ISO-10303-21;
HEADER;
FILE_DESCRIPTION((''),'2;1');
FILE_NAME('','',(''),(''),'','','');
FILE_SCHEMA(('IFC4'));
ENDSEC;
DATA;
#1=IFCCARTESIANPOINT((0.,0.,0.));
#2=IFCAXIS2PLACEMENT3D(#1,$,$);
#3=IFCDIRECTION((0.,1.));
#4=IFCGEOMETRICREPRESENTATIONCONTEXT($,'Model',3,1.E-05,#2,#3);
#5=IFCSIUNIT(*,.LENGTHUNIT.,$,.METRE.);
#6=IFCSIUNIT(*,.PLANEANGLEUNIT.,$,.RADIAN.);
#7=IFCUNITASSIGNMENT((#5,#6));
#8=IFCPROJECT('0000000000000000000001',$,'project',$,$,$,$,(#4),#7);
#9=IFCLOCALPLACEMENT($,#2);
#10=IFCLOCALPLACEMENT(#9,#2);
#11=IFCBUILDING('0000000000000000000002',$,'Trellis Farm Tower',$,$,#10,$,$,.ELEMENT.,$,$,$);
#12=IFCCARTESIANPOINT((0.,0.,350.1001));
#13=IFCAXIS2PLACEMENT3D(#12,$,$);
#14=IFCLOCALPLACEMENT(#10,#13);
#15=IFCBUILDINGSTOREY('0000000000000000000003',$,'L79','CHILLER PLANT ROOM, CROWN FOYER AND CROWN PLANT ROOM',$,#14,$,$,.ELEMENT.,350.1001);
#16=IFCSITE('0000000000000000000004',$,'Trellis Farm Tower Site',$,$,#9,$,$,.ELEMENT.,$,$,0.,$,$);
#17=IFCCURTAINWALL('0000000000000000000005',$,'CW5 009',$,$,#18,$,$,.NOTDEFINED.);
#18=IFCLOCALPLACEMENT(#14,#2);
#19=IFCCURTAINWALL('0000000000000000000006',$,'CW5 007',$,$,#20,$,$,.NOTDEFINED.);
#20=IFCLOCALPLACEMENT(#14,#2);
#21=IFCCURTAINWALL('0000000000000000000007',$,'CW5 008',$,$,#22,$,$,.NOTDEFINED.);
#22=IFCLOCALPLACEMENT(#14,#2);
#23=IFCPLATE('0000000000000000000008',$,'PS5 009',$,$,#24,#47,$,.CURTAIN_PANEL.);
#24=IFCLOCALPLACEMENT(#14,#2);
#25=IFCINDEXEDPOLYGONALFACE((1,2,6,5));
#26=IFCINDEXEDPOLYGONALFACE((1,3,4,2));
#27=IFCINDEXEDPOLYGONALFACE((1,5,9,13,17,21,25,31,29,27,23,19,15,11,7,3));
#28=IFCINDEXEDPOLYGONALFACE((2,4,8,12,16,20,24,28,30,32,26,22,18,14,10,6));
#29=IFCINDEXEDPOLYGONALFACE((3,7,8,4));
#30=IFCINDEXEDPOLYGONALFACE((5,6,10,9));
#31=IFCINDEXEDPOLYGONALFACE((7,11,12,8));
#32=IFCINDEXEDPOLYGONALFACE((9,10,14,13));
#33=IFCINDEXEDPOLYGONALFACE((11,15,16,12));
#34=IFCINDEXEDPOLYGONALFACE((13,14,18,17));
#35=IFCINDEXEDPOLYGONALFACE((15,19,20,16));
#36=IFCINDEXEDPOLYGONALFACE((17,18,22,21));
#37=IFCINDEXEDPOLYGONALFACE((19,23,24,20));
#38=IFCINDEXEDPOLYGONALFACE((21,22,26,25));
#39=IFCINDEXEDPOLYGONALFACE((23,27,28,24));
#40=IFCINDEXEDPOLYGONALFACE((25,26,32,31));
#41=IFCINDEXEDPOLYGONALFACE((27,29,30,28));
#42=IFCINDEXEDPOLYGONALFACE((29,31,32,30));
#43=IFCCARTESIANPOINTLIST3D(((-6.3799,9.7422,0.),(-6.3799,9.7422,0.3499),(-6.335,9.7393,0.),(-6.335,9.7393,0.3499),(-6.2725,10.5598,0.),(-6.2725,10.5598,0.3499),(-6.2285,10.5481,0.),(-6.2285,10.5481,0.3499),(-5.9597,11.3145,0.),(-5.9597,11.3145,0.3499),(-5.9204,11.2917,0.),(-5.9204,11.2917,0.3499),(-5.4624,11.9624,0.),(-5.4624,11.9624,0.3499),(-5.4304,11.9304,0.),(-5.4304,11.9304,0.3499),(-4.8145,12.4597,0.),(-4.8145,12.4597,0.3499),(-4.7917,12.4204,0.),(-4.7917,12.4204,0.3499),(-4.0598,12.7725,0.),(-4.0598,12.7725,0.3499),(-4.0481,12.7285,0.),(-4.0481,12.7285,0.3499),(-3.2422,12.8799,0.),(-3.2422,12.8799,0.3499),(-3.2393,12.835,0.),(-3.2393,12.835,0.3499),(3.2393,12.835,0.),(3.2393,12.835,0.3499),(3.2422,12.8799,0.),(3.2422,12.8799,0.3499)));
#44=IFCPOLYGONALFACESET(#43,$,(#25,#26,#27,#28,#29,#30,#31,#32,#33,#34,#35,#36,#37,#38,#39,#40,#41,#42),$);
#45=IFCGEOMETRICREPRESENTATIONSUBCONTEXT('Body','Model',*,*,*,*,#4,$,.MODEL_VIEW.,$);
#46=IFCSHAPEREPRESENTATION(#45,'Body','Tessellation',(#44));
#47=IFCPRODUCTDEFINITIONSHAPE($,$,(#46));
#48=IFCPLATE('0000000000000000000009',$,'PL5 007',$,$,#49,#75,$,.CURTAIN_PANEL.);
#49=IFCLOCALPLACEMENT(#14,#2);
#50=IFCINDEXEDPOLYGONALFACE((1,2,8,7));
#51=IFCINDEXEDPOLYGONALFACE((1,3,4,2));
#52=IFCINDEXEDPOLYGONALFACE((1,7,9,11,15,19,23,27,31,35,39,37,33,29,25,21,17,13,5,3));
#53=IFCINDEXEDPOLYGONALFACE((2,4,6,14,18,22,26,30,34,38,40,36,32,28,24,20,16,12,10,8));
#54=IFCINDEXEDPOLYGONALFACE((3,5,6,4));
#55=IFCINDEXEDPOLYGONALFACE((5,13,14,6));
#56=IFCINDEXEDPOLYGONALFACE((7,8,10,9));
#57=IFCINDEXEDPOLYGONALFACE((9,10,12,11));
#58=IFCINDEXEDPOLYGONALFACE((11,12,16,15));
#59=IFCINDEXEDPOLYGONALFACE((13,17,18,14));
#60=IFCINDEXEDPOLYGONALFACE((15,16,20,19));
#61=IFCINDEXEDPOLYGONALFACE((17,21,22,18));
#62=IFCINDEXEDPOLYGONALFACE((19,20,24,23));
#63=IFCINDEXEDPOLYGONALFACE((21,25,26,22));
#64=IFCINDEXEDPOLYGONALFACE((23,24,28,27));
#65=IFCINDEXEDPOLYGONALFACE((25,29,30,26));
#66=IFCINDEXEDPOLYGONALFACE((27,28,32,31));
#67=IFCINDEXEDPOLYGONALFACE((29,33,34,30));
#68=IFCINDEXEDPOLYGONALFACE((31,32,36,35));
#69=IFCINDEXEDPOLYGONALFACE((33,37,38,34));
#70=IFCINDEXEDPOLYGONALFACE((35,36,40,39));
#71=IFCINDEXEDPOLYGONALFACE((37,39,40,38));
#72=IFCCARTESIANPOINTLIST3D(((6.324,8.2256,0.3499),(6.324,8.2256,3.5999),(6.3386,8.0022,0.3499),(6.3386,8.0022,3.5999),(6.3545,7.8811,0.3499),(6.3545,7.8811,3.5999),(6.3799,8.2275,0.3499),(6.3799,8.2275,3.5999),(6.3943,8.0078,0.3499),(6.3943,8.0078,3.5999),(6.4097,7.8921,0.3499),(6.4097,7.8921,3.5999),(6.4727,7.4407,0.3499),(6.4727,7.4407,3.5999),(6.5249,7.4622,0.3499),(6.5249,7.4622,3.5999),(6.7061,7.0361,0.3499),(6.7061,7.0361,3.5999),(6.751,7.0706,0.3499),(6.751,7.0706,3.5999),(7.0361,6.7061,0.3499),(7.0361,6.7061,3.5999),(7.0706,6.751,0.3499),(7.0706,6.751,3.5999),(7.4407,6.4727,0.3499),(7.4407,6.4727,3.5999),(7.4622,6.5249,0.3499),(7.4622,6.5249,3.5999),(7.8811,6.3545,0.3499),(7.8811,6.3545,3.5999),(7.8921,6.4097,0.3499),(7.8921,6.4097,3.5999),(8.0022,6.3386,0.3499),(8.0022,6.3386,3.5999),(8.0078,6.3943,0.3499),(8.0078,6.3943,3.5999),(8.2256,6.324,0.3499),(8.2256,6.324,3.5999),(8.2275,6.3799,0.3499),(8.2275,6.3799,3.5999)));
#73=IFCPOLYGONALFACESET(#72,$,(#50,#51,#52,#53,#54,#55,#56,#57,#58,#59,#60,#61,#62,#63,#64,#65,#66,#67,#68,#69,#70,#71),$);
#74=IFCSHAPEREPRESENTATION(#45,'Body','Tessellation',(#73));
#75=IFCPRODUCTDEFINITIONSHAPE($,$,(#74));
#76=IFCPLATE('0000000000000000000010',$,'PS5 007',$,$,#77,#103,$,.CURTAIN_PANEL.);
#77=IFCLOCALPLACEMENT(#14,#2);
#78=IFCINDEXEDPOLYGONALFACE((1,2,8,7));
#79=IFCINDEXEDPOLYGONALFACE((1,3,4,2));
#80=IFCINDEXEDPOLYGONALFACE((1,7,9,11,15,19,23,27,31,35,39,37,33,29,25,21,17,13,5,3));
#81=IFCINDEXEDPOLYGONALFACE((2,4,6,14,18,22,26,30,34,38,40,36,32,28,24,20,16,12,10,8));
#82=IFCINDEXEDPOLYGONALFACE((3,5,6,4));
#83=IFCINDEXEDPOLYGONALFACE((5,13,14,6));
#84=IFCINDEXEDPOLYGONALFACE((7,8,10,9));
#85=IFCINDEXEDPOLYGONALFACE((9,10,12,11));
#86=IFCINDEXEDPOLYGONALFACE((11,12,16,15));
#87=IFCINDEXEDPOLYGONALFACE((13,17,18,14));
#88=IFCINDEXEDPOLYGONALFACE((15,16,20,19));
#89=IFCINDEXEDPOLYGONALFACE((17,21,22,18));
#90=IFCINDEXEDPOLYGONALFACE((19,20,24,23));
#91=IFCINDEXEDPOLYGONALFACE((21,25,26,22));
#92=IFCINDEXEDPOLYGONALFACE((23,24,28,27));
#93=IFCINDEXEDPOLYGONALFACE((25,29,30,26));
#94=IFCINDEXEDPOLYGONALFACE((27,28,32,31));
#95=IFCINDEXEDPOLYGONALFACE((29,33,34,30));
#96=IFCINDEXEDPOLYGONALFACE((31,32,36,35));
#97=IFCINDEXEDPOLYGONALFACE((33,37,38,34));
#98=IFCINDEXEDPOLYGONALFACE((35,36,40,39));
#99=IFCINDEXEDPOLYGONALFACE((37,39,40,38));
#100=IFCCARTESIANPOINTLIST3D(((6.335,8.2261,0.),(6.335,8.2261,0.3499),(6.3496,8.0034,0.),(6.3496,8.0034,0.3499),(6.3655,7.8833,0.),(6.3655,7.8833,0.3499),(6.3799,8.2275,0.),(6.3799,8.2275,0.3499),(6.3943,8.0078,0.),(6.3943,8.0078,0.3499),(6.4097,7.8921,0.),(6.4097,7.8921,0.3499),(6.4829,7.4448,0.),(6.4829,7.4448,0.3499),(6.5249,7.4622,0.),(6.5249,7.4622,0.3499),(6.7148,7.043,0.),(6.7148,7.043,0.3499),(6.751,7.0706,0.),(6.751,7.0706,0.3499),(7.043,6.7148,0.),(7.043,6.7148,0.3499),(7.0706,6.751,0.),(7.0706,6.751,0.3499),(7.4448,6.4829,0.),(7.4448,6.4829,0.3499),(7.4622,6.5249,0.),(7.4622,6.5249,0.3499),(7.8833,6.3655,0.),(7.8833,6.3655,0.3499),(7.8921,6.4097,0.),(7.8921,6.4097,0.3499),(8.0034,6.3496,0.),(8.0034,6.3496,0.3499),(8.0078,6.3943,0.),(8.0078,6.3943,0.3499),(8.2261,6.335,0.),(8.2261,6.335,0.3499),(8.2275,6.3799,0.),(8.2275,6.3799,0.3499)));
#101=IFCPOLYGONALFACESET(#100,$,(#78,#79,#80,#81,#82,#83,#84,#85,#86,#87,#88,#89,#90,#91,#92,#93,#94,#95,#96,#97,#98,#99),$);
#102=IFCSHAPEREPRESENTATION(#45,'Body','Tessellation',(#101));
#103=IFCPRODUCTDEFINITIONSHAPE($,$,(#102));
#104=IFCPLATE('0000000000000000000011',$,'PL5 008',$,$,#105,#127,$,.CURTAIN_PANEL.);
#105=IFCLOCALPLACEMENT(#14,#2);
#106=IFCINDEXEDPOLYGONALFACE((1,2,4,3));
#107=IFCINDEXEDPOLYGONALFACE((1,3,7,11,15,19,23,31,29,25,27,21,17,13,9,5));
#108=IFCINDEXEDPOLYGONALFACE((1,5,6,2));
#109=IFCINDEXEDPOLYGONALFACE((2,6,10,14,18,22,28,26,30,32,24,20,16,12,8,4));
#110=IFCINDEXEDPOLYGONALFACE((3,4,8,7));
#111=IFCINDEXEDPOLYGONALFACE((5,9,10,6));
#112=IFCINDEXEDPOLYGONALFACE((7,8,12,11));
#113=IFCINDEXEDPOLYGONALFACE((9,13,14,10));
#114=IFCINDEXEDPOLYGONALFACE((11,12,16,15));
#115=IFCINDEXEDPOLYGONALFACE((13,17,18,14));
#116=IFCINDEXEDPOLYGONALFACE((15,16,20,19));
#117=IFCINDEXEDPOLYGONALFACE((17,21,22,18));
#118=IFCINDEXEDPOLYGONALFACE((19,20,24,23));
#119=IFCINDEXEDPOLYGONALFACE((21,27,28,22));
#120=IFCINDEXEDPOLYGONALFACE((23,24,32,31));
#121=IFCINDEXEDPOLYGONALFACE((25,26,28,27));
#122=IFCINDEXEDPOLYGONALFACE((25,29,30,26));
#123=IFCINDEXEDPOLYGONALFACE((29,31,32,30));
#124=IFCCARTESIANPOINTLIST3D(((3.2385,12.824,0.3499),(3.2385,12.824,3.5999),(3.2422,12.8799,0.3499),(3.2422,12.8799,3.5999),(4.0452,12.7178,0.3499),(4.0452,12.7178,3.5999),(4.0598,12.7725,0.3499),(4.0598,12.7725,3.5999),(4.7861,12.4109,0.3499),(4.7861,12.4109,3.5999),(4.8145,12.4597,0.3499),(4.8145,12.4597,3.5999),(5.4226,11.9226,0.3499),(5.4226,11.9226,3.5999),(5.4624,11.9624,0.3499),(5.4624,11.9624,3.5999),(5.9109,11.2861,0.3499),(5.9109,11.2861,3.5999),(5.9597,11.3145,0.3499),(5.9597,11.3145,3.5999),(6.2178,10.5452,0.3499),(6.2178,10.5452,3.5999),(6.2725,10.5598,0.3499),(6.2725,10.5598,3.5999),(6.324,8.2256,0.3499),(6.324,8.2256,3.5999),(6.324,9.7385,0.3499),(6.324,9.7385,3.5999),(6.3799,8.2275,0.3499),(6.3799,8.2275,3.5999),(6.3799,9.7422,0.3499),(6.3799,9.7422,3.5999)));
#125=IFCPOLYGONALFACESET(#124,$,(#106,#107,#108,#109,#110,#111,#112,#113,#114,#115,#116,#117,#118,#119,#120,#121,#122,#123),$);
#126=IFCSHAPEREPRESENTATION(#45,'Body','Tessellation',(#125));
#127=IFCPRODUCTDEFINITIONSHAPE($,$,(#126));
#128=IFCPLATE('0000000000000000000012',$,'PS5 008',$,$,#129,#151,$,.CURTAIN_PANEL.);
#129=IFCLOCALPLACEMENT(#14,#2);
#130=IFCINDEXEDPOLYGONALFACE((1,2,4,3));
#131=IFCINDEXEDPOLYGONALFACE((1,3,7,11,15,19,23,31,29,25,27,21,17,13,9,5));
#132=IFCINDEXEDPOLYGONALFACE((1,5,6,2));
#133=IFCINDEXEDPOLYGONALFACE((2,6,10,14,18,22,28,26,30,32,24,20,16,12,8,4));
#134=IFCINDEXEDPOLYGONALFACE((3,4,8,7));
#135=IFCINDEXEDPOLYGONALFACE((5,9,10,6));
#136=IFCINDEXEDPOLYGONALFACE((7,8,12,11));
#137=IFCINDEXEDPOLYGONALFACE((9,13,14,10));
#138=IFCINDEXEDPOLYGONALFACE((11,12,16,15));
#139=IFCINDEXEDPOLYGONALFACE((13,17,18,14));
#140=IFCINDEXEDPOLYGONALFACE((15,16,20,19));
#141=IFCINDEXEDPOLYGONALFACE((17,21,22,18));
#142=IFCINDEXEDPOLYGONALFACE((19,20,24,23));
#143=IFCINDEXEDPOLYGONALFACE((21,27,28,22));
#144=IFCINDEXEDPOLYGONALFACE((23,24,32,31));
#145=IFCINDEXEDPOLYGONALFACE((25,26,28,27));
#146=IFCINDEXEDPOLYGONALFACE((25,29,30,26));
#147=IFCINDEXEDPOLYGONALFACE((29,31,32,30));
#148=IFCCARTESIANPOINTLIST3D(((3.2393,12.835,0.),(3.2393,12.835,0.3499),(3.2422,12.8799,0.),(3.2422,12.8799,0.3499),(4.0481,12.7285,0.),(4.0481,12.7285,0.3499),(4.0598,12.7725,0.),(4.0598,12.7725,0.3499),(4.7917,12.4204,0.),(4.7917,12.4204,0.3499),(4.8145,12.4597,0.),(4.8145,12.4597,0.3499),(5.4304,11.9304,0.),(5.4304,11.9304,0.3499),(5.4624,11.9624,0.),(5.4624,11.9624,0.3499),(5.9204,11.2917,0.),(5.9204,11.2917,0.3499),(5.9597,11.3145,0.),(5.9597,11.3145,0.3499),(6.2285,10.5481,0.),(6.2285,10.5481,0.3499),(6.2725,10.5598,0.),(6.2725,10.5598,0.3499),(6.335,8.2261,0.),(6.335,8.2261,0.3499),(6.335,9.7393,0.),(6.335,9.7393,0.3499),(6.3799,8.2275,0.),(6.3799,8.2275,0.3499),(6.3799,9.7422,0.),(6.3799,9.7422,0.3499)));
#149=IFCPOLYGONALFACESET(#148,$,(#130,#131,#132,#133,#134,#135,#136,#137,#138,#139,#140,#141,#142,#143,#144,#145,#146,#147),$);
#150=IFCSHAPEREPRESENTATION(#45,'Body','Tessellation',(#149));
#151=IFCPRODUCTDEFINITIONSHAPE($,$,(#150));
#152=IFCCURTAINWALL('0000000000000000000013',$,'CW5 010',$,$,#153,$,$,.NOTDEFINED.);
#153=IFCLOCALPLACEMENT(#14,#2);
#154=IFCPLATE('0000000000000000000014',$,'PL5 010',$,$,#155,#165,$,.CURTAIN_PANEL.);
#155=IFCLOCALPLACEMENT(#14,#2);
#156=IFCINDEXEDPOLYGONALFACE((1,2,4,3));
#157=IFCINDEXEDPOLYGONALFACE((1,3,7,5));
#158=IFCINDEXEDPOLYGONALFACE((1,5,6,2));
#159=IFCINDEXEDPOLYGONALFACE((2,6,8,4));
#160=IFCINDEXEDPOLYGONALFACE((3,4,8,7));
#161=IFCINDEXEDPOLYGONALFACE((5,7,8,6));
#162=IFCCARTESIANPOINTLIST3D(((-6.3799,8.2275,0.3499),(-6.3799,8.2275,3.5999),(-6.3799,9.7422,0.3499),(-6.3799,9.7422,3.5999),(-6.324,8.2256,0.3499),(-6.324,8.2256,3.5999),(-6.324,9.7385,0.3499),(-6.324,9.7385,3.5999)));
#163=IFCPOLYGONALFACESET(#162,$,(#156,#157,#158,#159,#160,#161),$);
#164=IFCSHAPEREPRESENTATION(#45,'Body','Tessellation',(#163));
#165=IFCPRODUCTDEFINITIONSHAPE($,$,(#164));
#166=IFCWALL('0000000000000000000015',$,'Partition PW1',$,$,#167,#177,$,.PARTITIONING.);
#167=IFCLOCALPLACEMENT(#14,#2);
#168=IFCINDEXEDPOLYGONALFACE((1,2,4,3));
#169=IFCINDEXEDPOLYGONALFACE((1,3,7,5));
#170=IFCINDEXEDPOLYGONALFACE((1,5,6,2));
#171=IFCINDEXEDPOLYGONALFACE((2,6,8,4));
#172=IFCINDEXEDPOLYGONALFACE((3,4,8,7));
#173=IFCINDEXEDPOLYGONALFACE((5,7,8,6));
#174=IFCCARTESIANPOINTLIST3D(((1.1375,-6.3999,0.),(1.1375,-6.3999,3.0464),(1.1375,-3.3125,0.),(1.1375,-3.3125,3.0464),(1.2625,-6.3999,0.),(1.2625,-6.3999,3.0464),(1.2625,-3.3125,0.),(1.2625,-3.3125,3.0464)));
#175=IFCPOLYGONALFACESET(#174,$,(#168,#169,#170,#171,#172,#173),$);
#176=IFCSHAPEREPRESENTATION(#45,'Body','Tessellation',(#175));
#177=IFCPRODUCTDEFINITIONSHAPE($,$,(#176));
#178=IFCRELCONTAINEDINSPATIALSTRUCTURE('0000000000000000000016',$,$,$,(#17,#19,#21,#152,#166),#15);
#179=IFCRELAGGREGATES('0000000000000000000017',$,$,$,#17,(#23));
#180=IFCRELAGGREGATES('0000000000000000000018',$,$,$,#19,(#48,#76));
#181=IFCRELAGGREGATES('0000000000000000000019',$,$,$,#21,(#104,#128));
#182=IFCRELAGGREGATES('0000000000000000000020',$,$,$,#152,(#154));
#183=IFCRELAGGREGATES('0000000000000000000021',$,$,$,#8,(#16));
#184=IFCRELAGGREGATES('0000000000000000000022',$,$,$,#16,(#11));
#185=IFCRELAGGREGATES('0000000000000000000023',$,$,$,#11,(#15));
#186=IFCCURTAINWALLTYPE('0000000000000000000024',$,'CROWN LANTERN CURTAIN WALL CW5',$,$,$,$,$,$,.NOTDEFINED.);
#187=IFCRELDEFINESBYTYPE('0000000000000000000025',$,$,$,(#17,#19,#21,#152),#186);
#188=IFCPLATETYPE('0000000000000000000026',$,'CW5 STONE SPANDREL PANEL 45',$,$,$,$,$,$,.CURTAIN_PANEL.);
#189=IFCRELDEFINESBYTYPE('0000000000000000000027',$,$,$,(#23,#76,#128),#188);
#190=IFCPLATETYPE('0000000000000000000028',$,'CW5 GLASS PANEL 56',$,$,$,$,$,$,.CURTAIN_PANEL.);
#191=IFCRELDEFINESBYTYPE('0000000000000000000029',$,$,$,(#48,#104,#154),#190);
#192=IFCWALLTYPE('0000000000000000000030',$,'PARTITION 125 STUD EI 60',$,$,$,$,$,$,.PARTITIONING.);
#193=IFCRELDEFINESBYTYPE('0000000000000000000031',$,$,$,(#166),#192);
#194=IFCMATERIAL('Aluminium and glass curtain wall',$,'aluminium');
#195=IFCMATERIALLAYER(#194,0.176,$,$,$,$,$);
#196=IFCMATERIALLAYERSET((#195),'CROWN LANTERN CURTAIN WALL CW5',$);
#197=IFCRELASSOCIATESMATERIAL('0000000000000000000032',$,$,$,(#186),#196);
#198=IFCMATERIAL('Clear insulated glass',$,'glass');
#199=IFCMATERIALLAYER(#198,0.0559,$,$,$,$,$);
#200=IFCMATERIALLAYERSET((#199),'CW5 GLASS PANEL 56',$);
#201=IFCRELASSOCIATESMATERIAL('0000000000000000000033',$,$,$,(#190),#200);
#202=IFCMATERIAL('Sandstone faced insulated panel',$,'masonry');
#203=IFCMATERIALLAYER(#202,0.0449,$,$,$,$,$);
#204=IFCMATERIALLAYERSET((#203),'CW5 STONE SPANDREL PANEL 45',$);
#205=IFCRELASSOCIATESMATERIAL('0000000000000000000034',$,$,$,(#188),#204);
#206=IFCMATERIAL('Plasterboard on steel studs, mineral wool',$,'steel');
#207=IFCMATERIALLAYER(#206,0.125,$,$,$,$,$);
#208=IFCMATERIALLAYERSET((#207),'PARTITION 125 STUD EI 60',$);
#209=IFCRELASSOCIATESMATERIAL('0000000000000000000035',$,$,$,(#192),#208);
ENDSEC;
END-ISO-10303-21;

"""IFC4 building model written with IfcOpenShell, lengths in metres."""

from ifc_helpers import new_model, si_unit, direction, frame, frame_2d, origin, place, context, subcontext, project, spatial, polyline, rectangle, outline, extrude, source, transform, mapped, material, layer, layer_set, type_object, element, aggregate, save


model = new_model("IFC4")

# Units and contexts
model_context = context("Model", 3, precision=1e-05, world=origin(), true_north=direction((0.0, 1.0)))
body_context = subcontext(model_context, "Body", "Model", "MODEL_VIEW")
ifc_project = project(units=[si_unit("LENGTHUNIT", "METRE"), si_unit("PLANEANGLEUNIT", "RADIAN")], contexts=[model_context])

# Site, building, storey
site_placement = place(None, origin())
site = spatial("IfcSite", under=ifc_project, at=site_placement, Name="Trellis Farm Tower Site", CompositionType="ELEMENT", RefElevation=0.0)
building_placement = place(site_placement, origin())
building = spatial("IfcBuilding", under=site, at=building_placement, Name="Trellis Farm Tower", CompositionType="ELEMENT")
storey_placement = place(building_placement, frame((0.0, 0.0, 350.1001)))
storey = spatial("IfcBuildingStorey", under=building, at=storey_placement, Name="L79", Description="CHILLER PLANT ROOM, CROWN FOYER AND CROWN PLANT ROOM", CompositionType="ELEMENT", Elevation=350.1001)

# Curtain wall
ifc_material_1 = material(Name="Aluminium and glass curtain wall", Category="aluminium")
ifc_layer_1 = layer(ifc_material_1, 0.176)
ifc_layer_set_1 = layer_set([ifc_layer_1], Name="CROWN LANTERN CURTAIN WALL CW5")
curtain_wall_type = type_object("IfcCurtainWallType", Name="CROWN LANTERN CURTAIN WALL CW5", PredefinedType="NOTDEFINED", material=ifc_layer_set_1)
placement_1 = place(storey_placement, origin())
curtain_wall_1 = element("IfcCurtainWall", 1, at=placement_1, inside=storey, type_object=curtain_wall_type, Name="CW5 009", PredefinedType="NOTDEFINED")

# Curtain walls
curtain_wall_2 = element("IfcCurtainWall", 2, at=placement_1, inside=storey, type_object=curtain_wall_type, Name="CW5 007", PredefinedType="NOTDEFINED")
curtain_wall_3 = element("IfcCurtainWall", 3, at=placement_1, inside=storey, type_object=curtain_wall_type, Name="CW5 008", PredefinedType="NOTDEFINED")

# Plates
ifc_material_2 = material(Name="Clear insulated glass", Category="glass")
ifc_layer_2 = layer(ifc_material_2, 0.0559)
ifc_layer_set_2 = layer_set([ifc_layer_2], Name="CW5 GLASS PANEL 56")
plate_type_1 = type_object("IfcPlateType", Name="CW5 GLASS PANEL 56", PredefinedType="CURTAIN_PANEL", material=ifc_layer_set_2)
placement_2 = place(storey_placement, frame((0.0, 0.0, 0.3499)))
ifc_material_3 = material(Name="Sandstone faced insulated panel", Category="masonry")
ifc_layer_3 = layer(ifc_material_3, 0.0449)
ifc_layer_set_3 = layer_set([ifc_layer_3], Name="CW5 STONE SPANDREL PANEL 45")
plate_type_2 = type_object("IfcPlateType", Name="CW5 STONE SPANDREL PANEL 45", PredefinedType="CURTAIN_PANEL", material=ifc_layer_set_3)
plate_1 = element("IfcPlate", 4, at=placement_1, type_object=plate_type_2, Name="PS5 009", PredefinedType="CURTAIN_PANEL", context=body_context, shape_type="SweptSolid", body=[
    extrude(outline(polyline([(3.2422, 12.8799), (-3.2422, 12.8799), (-4.0598, 12.7725), (-4.8145, 12.4597), (-5.4624, 11.9624), (-5.9597, 11.3145), (-6.2725, 10.5598), (-6.3799, 9.7422), (-6.335, 9.7393), (-6.2285, 10.5481), (-5.9204, 11.2917), (-5.4304, 11.9304), (-4.7917, 12.4204), (-4.0481, 12.7285), (-3.2393, 12.835), (3.2393, 12.835), (3.2422, 12.8799)])), origin(), (0.0, 0.0, 1.0), 0.3499),
])
aggregate(curtain_wall_1, [plate_1])
shared_shape_1 = source(origin(), body_context, "Body", "SweptSolid", [
    extrude(outline(polyline([(8.2275, 6.3799), (8.0078, 6.3943), (7.8921, 6.4097), (7.4622, 6.5249), (7.0706, 6.751), (6.751, 7.0706), (6.5249, 7.4622), (6.4097, 7.8921), (6.3943, 8.0078), (6.3799, 8.2275), (6.324, 8.2256), (6.3386, 8.0022), (6.3545, 7.8811), (6.4727, 7.4407), (6.7061, 7.0361), (7.0361, 6.7061), (7.4407, 6.4727), (7.8811, 6.3545), (8.0022, 6.3386), (8.2256, 6.324), (8.2275, 6.3799)])), origin(), (0.0, 0.0, 1.0), 3.25),
])
plate_2 = element("IfcPlate", 5, at=placement_2, type_object=plate_type_1, Name="PL5 007", PredefinedType="CURTAIN_PANEL", context=body_context, shape_type="MappedRepresentation", body=[
    mapped(shared_shape_1, transform((0.0, 0.0, 0.0))),
])
shared_shape_2 = source(origin(), body_context, "Body", "SweptSolid", [
    extrude(outline(polyline([(8.2275, 6.3799), (8.0078, 6.3943), (7.8921, 6.4097), (7.4622, 6.5249), (7.0706, 6.751), (6.751, 7.0706), (6.5249, 7.4622), (6.4097, 7.8921), (6.3943, 8.0078), (6.3799, 8.2275), (6.335, 8.2261), (6.3496, 8.0034), (6.3655, 7.8833), (6.4829, 7.4448), (6.7148, 7.043), (7.043, 6.7148), (7.4448, 6.4829), (7.8833, 6.3655), (8.0034, 6.3496), (8.2261, 6.335), (8.2275, 6.3799)])), origin(), (0.0, 0.0, 1.0), 0.3499),
])
plate_3 = element("IfcPlate", 6, at=placement_1, type_object=plate_type_2, Name="PS5 007", PredefinedType="CURTAIN_PANEL", context=body_context, shape_type="MappedRepresentation", body=[
    mapped(shared_shape_2, transform((0.0, 0.0, 0.0))),
])
aggregate(curtain_wall_2, [plate_2, plate_3])
shared_shape_3 = source(origin(), body_context, "Body", "SweptSolid", [
    extrude(outline(polyline([(6.3799, 8.2275), (6.3799, 9.7422), (6.2725, 10.5598), (5.9597, 11.3145), (5.4624, 11.9624), (4.8145, 12.4597), (4.0598, 12.7725), (3.2422, 12.8799), (3.2385, 12.824), (4.0452, 12.7178), (4.7861, 12.4109), (5.4226, 11.9226), (5.9109, 11.2861), (6.2178, 10.5452), (6.324, 9.7385), (6.324, 8.2256), (6.3799, 8.2275)])), origin(), (0.0, 0.0, 1.0), 3.25),
])
plate_4 = element("IfcPlate", 7, at=placement_2, type_object=plate_type_1, Name="PL5 008", PredefinedType="CURTAIN_PANEL", context=body_context, shape_type="MappedRepresentation", body=[
    mapped(shared_shape_3, transform((0.0, 0.0, 0.0))),
])
shared_shape_4 = source(origin(), body_context, "Body", "SweptSolid", [
    extrude(outline(polyline([(6.3799, 8.2275), (6.3799, 9.7422), (6.2725, 10.5598), (5.9597, 11.3145), (5.4624, 11.9624), (4.8145, 12.4597), (4.0598, 12.7725), (3.2422, 12.8799), (3.2393, 12.835), (4.0481, 12.7285), (4.7917, 12.4204), (5.4304, 11.9304), (5.9204, 11.2917), (6.2285, 10.5481), (6.335, 9.7393), (6.335, 8.2261), (6.3799, 8.2275)])), origin(), (0.0, 0.0, 1.0), 0.3499),
])
plate_5 = element("IfcPlate", 8, at=placement_1, type_object=plate_type_2, Name="PS5 008", PredefinedType="CURTAIN_PANEL", context=body_context, shape_type="MappedRepresentation", body=[
    mapped(shared_shape_4, transform((0.0, 0.0, 0.0))),
])
aggregate(curtain_wall_3, [plate_4, plate_5])

# Curtain wall, plate
curtain_wall_4 = element("IfcCurtainWall", 9, at=placement_1, inside=storey, type_object=curtain_wall_type, Name="CW5 010", PredefinedType="NOTDEFINED")
shared_shape_5 = source(origin(), body_context, "Body", "SweptSolid", [
    extrude(outline(polyline([(-6.3799, 9.7422), (-6.3799, 8.2275), (-6.324, 8.2256), (-6.324, 9.7385), (-6.3799, 9.7422)])), origin(), (0.0, 0.0, 1.0), 3.25),
])
plate_6 = element("IfcPlate", 10, at=placement_2, type_object=plate_type_1, Name="PL5 010", PredefinedType="CURTAIN_PANEL", context=body_context, shape_type="MappedRepresentation", body=[
    mapped(shared_shape_5, transform((0.0, 0.0, 0.0))),
])
aggregate(curtain_wall_4, [plate_6])

# Wall
ifc_material_4 = material(Name="Plasterboard on steel studs, mineral wool", Category="steel")
ifc_layer_4 = layer(ifc_material_4, 0.125)
ifc_layer_set_4 = layer_set([ifc_layer_4], Name="PARTITION 125 STUD EI 60")
wall_type_1 = type_object("IfcWallType", Name="PARTITION 125 STUD EI 60", PredefinedType="PARTITIONING", material=ifc_layer_set_4)
shared_shape_6 = source(origin(), body_context, "Body", "SweptSolid", [
    extrude(rectangle(XDim=3.0874, YDim=0.125, at=frame_2d((1.5437, 0.0))), origin(), (0.0, 0.0, 1.0), 3.0464),
])
wall_1_placement = place(storey_placement, frame((1.2, -3.3125, 0.0), z_axis=(0.0, 0.0, 1.0), x_axis=(0.0, -1.0, 0.0)))
element("IfcWall", 11, at=wall_1_placement, inside=storey, type_object=wall_type_1, Name="Partition PW1", PredefinedType="PARTITIONING", context=body_context, shape_type="MappedRepresentation", body=[
    mapped(shared_shape_6, transform((0.0, 0.0, 0.0))),
])

save(model, "model.ifc")
